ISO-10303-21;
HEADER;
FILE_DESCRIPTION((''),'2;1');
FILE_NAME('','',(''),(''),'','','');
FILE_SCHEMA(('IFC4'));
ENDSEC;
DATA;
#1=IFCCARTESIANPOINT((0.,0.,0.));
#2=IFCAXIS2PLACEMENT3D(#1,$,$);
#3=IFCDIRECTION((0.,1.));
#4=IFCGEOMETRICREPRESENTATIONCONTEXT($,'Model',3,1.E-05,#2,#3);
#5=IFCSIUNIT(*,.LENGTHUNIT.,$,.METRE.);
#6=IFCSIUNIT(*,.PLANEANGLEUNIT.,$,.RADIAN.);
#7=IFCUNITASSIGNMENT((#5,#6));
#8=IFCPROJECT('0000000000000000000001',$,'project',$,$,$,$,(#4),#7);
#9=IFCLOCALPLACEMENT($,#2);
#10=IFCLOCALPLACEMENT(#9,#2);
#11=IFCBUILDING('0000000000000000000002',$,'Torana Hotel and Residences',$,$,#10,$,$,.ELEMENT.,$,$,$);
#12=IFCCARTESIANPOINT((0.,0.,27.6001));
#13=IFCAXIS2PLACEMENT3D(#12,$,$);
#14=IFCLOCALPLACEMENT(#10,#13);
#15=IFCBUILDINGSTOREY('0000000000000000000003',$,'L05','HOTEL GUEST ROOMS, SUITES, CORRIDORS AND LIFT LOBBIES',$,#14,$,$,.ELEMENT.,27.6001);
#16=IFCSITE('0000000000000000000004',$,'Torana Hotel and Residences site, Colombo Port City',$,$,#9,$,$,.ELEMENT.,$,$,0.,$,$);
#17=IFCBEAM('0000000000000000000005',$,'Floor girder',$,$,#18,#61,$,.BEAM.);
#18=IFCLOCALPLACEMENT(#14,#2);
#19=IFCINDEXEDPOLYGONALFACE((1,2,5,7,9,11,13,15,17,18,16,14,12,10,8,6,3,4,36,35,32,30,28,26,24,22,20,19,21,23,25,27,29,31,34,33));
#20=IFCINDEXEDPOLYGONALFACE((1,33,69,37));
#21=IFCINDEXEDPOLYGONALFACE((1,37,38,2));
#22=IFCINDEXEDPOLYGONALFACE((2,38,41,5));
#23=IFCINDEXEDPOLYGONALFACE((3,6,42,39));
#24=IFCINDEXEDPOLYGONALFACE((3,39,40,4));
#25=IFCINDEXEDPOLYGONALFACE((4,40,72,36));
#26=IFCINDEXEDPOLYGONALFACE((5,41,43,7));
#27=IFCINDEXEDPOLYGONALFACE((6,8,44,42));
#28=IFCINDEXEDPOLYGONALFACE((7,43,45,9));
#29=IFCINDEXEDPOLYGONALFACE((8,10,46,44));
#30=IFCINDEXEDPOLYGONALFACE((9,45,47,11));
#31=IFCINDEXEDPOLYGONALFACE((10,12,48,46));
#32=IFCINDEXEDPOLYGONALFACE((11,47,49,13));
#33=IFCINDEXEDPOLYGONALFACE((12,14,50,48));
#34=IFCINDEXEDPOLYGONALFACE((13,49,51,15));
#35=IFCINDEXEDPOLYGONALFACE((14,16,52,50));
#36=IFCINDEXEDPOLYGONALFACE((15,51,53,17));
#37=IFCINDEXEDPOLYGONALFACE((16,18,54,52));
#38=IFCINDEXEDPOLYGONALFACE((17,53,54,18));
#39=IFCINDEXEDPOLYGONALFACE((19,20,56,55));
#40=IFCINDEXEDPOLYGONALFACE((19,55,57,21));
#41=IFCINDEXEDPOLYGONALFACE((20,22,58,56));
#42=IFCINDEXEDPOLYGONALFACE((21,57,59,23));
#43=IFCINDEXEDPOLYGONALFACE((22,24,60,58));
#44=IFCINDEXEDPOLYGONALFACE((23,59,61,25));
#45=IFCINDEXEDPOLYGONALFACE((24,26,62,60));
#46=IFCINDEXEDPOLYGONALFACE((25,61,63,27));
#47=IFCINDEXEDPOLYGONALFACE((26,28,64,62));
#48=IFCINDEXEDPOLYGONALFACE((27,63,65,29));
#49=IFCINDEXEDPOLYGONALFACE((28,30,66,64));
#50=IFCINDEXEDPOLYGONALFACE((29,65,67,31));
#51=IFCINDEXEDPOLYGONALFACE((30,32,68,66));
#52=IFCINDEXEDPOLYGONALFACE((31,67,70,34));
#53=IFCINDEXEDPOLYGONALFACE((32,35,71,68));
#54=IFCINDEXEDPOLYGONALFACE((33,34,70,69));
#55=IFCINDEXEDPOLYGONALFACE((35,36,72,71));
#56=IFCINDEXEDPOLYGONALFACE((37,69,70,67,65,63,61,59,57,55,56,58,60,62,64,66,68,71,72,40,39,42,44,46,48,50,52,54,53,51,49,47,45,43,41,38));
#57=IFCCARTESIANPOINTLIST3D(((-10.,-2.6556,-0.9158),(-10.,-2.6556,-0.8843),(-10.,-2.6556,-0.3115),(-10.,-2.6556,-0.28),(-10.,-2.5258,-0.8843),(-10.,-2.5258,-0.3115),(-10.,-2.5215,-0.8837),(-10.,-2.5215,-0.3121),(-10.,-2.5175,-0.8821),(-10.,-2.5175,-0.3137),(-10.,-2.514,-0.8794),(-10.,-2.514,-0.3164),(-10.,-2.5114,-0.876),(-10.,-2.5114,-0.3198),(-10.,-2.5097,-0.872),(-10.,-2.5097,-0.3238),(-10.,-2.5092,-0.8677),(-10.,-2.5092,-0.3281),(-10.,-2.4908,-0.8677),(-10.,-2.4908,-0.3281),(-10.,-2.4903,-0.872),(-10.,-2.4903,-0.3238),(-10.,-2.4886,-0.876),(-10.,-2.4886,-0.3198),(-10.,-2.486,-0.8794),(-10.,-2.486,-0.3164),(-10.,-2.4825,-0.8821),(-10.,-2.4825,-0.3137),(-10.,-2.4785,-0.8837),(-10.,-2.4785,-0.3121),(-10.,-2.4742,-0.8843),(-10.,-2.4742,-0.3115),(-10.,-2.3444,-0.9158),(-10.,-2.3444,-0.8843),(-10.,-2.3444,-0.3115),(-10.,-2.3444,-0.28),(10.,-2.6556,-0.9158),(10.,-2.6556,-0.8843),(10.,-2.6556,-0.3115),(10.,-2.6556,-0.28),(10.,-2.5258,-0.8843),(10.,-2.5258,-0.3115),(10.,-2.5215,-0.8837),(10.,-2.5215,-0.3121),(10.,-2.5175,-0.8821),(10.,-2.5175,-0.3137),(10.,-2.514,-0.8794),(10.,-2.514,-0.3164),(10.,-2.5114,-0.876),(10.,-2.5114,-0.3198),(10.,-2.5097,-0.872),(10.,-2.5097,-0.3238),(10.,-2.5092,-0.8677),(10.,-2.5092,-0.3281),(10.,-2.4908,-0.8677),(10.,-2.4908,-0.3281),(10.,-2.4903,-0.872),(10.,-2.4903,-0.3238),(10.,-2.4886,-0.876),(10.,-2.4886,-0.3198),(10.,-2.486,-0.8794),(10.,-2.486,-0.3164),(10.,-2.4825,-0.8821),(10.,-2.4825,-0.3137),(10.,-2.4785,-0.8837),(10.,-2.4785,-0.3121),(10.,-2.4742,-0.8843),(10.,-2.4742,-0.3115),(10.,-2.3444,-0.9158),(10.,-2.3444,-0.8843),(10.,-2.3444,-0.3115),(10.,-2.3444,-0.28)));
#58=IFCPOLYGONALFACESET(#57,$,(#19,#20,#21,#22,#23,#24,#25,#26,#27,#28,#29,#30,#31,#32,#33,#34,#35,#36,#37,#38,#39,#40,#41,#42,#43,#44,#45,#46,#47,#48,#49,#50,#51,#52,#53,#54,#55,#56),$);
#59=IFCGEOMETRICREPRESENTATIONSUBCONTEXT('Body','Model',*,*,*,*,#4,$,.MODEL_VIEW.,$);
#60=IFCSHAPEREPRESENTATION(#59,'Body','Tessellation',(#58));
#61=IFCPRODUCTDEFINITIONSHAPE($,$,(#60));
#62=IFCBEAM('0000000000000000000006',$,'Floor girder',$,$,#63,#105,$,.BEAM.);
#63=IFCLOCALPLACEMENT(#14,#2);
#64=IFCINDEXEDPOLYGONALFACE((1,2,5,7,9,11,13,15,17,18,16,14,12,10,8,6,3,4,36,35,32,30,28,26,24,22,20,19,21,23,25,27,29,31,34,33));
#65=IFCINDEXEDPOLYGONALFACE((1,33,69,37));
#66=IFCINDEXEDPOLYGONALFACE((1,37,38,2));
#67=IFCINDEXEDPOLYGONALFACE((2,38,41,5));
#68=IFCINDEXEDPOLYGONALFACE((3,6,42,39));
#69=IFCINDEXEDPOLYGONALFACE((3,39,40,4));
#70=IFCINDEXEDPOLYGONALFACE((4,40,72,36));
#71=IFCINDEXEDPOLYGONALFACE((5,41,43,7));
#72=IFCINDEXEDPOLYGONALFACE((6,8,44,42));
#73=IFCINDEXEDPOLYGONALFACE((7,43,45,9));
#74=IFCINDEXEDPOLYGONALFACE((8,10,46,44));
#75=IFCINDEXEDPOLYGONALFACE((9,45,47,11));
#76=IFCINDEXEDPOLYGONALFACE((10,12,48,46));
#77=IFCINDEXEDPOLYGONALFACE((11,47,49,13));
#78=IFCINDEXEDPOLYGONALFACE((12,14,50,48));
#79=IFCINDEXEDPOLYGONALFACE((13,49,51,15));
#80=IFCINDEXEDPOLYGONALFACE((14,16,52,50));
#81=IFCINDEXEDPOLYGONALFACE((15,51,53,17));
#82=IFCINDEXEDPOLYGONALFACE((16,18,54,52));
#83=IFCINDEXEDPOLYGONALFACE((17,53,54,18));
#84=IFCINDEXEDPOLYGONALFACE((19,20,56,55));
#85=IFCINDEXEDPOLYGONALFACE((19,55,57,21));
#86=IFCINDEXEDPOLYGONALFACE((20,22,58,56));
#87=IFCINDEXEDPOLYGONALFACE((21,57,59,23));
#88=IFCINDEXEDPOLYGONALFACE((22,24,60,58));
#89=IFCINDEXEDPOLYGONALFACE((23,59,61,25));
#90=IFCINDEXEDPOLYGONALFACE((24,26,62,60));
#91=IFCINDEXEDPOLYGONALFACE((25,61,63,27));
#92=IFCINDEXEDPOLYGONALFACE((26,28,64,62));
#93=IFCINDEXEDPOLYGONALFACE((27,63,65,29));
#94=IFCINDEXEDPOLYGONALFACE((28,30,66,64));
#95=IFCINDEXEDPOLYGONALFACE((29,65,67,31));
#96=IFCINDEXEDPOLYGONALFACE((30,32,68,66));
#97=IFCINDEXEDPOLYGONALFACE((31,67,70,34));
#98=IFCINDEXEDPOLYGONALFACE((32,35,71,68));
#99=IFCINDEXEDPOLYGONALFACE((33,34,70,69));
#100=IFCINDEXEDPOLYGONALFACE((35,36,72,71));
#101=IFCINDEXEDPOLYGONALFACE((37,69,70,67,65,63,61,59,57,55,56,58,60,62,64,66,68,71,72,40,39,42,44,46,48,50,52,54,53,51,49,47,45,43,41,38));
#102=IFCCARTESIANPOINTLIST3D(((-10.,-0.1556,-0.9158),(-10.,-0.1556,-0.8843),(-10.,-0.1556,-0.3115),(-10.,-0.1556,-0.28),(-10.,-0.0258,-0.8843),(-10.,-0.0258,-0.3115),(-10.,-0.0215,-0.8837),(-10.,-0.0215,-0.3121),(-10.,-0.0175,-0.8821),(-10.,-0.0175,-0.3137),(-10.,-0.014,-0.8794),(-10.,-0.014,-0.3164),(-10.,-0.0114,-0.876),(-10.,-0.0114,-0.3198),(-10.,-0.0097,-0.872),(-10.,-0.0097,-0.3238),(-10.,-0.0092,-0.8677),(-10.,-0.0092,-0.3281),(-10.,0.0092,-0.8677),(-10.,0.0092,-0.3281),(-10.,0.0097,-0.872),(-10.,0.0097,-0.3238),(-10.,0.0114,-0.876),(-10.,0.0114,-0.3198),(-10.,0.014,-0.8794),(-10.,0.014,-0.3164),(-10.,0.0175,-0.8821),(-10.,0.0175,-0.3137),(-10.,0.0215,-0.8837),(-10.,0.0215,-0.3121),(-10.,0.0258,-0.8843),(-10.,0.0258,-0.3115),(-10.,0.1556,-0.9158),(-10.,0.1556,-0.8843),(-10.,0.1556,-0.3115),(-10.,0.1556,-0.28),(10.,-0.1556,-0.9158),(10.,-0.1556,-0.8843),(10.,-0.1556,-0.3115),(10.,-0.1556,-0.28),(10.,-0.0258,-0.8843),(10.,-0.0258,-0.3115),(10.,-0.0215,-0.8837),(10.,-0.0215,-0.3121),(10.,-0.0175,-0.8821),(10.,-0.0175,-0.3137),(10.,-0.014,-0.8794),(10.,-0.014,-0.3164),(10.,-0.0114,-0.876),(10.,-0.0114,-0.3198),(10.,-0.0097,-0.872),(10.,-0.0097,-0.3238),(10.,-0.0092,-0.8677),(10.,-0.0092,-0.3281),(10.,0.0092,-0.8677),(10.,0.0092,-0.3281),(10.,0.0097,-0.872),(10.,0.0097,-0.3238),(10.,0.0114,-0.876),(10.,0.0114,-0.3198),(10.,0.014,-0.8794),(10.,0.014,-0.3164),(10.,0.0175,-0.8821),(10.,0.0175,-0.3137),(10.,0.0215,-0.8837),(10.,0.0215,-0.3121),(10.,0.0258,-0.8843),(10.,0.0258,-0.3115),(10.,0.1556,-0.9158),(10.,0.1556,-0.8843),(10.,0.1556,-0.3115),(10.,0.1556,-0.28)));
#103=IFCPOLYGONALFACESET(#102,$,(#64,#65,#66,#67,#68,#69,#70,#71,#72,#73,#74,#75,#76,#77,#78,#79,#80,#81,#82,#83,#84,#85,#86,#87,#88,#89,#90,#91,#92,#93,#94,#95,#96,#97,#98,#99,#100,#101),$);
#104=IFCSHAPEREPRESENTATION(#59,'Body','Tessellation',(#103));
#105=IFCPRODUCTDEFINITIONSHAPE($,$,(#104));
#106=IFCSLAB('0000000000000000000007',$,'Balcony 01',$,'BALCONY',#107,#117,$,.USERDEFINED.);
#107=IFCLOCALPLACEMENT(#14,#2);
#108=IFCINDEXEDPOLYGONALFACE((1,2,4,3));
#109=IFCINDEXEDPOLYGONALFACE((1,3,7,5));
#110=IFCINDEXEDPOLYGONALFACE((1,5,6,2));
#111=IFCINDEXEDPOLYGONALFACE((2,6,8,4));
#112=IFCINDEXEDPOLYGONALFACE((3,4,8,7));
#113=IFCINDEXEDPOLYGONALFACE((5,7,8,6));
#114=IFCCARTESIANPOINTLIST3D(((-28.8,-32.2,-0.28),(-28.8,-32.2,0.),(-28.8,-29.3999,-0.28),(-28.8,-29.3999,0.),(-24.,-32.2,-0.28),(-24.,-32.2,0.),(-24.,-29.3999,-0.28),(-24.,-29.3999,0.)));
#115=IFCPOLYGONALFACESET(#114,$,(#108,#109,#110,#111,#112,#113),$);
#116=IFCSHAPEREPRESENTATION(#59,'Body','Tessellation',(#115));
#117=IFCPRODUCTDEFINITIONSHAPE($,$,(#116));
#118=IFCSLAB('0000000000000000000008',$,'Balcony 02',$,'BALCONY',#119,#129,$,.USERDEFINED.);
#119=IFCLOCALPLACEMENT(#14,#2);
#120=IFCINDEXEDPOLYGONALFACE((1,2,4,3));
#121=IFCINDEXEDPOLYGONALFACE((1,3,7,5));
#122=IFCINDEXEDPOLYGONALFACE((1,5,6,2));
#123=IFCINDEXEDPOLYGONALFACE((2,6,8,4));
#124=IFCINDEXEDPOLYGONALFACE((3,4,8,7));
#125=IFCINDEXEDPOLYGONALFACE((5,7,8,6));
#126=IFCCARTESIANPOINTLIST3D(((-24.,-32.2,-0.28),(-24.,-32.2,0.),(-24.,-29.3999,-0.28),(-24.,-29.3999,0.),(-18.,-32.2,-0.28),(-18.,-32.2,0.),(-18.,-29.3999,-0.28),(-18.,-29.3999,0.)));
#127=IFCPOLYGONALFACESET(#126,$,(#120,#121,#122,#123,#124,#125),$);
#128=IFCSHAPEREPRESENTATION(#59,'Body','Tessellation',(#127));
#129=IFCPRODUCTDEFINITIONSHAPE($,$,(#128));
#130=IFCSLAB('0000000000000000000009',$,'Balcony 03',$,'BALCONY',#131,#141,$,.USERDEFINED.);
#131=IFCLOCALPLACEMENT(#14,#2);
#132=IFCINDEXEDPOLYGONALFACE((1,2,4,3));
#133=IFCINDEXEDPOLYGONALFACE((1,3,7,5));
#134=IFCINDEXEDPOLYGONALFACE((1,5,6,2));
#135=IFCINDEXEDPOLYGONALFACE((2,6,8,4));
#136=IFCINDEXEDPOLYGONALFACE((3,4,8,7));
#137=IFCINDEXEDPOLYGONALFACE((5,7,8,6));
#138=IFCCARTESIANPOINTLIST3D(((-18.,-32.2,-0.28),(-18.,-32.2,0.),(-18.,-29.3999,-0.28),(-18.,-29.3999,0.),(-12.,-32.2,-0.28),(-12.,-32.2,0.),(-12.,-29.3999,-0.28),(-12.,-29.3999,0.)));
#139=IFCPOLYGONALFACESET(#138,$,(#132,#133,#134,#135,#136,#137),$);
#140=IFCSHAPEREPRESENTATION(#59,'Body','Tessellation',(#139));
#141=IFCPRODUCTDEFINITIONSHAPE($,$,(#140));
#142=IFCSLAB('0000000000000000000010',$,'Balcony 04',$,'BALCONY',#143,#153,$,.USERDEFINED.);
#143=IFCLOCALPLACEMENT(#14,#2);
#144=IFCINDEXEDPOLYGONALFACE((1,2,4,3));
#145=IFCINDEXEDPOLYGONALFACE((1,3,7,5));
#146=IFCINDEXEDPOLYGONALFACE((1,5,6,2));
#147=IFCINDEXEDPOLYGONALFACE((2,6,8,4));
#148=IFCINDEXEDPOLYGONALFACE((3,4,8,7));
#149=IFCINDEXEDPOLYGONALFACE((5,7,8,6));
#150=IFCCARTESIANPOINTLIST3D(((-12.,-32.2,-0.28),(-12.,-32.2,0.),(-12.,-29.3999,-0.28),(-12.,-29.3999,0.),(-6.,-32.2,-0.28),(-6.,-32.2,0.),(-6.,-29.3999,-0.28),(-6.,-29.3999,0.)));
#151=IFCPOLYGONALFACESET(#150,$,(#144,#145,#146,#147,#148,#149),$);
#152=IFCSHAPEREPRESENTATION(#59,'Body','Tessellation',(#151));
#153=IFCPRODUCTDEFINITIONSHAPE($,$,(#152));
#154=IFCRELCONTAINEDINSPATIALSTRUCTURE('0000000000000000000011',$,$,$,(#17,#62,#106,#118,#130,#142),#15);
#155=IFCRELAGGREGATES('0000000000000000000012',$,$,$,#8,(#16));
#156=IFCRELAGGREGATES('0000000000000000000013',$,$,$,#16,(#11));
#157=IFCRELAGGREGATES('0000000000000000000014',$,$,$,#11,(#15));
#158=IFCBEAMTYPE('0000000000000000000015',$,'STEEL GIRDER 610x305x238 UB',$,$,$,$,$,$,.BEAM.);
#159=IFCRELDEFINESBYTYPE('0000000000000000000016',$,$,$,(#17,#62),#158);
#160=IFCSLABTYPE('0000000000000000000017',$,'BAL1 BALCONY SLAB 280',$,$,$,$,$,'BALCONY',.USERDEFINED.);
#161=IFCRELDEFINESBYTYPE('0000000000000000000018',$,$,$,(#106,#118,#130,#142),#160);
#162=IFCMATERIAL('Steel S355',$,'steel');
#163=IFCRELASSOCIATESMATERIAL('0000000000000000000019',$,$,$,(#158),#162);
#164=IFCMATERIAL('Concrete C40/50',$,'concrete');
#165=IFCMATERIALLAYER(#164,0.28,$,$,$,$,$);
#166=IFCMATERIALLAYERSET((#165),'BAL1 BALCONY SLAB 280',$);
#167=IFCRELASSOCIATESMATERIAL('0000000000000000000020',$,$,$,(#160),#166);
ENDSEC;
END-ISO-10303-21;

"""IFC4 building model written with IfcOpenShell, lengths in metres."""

from ifc_helpers import new_model, si_unit, direction, frame, origin, origin_2d, place, context, subcontext, project, spatial, polyline, i_section, outline, extrude, material, layer, layer_set, material_profile, profile_set, type_object, element, save


model = new_model("IFC4")

# Units and contexts
model_context = context("Model", 3, precision=1e-05, world=origin(), true_north=direction((0.0, 1.0)))
body_context = subcontext(model_context, "Body", "Model", "MODEL_VIEW")
ifc_project = project(units=[si_unit("LENGTHUNIT", "METRE"), si_unit("PLANEANGLEUNIT", "RADIAN")], contexts=[model_context])

# Site, building, storey
site_placement = place(None, origin())
site = spatial("IfcSite", under=ifc_project, at=site_placement, Name="Torana Hotel and Residences site, Colombo Port City", CompositionType="ELEMENT", RefElevation=0.0)
building_placement = place(site_placement, origin())
building = spatial("IfcBuilding", under=site, at=building_placement, Name="Torana Hotel and Residences", CompositionType="ELEMENT")
storey_placement = place(building_placement, frame((0.0, 0.0, 27.6001)))
storey = spatial("IfcBuildingStorey", under=building, at=storey_placement, Name="L05", Description="HOTEL GUEST ROOMS, SUITES, CORRIDORS AND LIFT LOBBIES", CompositionType="ELEMENT", Elevation=27.6001)

# Beams
ifc_material_1 = material(Name="Steel S355", Category="steel")
ifc_material_profile = material_profile(ifc_material_1, i_section(OverallWidth=0.3113, OverallDepth=0.6357, WebThickness=0.0183, FlangeThickness=0.0315, FilletRadius=0.0166, at=origin_2d()), Name="610x305x238 UB")
ifc_profile_set = profile_set([ifc_material_profile], Name="Steel S355")
beam_type = type_object("IfcBeamType", Name="STEEL GIRDER 610x305x238 UB", PredefinedType="BEAM", material=ifc_profile_set)
for number, where, z_axis, x_axis, name in (
    (1, (-10.0, -2.5, -0.5979), (1.0, 0.0, 0.0), (0.0, 1.0, 0.0), "Floor girder"),
    (2, (-10.0, 0.0, -0.5979), (1.0, 0.0, 0.0), (0.0, 1.0, 0.0), "Floor girder"),
):
    element("IfcBeam", number, at=place(storey_placement, frame(where, z_axis=z_axis, x_axis=x_axis)), inside=storey, type_object=beam_type, Name=name, PredefinedType="BEAM", context=body_context, shape_type="SweptSolid", body=[
        extrude(i_section(OverallWidth=0.3113, OverallDepth=0.6357, WebThickness=0.0183, FlangeThickness=0.0315, FilletRadius=0.0166, at=origin_2d()), origin(), (0.0, 0.0, 1.0), 20.0),
    ])

# Slabs
ifc_material_2 = material(Name="Concrete C40/50", Category="concrete")
ifc_layer_1 = layer(ifc_material_2, 0.28)
ifc_layer_set_1 = layer_set([ifc_layer_1], Name="BAL1 BALCONY SLAB 280")
slab_type_1 = type_object("IfcSlabType", Name="BAL1 BALCONY SLAB 280", ElementType="BALCONY", PredefinedType="USERDEFINED", material=ifc_layer_set_1)
slab_1_placement = place(storey_placement, frame((0.0, 0.0, -0.28)))
element("IfcSlab", 3, at=slab_1_placement, inside=storey, type_object=slab_type_1, Name="Balcony 01", ObjectType="BALCONY", PredefinedType="USERDEFINED", context=body_context, shape_type="SweptSolid", body=[
    extrude(outline(polyline([(-28.8, -32.2), (-24.0, -32.2), (-24.0, -29.3999), (-28.8, -29.3999), (-28.8, -32.2)])), origin(), (0.0, 0.0, 1.0), 0.28),
])
slab_2_placement = place(storey_placement, frame((0.0, 0.0, -0.28)))
element("IfcSlab", 4, at=slab_2_placement, inside=storey, type_object=slab_type_1, Name="Balcony 02", ObjectType="BALCONY", PredefinedType="USERDEFINED", context=body_context, shape_type="SweptSolid", body=[
    extrude(outline(polyline([(-24.0, -32.2), (-18.0, -32.2), (-18.0, -29.3999), (-24.0, -29.3999), (-24.0, -32.2)])), origin(), (0.0, 0.0, 1.0), 0.28),
])
slab_3_placement = place(storey_placement, frame((0.0, 0.0, -0.28)))
element("IfcSlab", 5, at=slab_3_placement, inside=storey, type_object=slab_type_1, Name="Balcony 03", ObjectType="BALCONY", PredefinedType="USERDEFINED", context=body_context, shape_type="SweptSolid", body=[
    extrude(outline(polyline([(-18.0, -32.2), (-12.0, -32.2), (-12.0, -29.3999), (-18.0, -29.3999), (-18.0, -32.2)])), origin(), (0.0, 0.0, 1.0), 0.28),
])
slab_4_placement = place(storey_placement, frame((0.0, 0.0, -0.28)))
element("IfcSlab", 6, at=slab_4_placement, inside=storey, type_object=slab_type_1, Name="Balcony 04", ObjectType="BALCONY", PredefinedType="USERDEFINED", context=body_context, shape_type="SweptSolid", body=[
    extrude(outline(polyline([(-12.0, -32.2), (-6.0, -32.2), (-6.0, -29.3999), (-12.0, -29.3999), (-12.0, -32.2)])), origin(), (0.0, 0.0, 1.0), 0.28),
])

save(model, "model.ifc")
